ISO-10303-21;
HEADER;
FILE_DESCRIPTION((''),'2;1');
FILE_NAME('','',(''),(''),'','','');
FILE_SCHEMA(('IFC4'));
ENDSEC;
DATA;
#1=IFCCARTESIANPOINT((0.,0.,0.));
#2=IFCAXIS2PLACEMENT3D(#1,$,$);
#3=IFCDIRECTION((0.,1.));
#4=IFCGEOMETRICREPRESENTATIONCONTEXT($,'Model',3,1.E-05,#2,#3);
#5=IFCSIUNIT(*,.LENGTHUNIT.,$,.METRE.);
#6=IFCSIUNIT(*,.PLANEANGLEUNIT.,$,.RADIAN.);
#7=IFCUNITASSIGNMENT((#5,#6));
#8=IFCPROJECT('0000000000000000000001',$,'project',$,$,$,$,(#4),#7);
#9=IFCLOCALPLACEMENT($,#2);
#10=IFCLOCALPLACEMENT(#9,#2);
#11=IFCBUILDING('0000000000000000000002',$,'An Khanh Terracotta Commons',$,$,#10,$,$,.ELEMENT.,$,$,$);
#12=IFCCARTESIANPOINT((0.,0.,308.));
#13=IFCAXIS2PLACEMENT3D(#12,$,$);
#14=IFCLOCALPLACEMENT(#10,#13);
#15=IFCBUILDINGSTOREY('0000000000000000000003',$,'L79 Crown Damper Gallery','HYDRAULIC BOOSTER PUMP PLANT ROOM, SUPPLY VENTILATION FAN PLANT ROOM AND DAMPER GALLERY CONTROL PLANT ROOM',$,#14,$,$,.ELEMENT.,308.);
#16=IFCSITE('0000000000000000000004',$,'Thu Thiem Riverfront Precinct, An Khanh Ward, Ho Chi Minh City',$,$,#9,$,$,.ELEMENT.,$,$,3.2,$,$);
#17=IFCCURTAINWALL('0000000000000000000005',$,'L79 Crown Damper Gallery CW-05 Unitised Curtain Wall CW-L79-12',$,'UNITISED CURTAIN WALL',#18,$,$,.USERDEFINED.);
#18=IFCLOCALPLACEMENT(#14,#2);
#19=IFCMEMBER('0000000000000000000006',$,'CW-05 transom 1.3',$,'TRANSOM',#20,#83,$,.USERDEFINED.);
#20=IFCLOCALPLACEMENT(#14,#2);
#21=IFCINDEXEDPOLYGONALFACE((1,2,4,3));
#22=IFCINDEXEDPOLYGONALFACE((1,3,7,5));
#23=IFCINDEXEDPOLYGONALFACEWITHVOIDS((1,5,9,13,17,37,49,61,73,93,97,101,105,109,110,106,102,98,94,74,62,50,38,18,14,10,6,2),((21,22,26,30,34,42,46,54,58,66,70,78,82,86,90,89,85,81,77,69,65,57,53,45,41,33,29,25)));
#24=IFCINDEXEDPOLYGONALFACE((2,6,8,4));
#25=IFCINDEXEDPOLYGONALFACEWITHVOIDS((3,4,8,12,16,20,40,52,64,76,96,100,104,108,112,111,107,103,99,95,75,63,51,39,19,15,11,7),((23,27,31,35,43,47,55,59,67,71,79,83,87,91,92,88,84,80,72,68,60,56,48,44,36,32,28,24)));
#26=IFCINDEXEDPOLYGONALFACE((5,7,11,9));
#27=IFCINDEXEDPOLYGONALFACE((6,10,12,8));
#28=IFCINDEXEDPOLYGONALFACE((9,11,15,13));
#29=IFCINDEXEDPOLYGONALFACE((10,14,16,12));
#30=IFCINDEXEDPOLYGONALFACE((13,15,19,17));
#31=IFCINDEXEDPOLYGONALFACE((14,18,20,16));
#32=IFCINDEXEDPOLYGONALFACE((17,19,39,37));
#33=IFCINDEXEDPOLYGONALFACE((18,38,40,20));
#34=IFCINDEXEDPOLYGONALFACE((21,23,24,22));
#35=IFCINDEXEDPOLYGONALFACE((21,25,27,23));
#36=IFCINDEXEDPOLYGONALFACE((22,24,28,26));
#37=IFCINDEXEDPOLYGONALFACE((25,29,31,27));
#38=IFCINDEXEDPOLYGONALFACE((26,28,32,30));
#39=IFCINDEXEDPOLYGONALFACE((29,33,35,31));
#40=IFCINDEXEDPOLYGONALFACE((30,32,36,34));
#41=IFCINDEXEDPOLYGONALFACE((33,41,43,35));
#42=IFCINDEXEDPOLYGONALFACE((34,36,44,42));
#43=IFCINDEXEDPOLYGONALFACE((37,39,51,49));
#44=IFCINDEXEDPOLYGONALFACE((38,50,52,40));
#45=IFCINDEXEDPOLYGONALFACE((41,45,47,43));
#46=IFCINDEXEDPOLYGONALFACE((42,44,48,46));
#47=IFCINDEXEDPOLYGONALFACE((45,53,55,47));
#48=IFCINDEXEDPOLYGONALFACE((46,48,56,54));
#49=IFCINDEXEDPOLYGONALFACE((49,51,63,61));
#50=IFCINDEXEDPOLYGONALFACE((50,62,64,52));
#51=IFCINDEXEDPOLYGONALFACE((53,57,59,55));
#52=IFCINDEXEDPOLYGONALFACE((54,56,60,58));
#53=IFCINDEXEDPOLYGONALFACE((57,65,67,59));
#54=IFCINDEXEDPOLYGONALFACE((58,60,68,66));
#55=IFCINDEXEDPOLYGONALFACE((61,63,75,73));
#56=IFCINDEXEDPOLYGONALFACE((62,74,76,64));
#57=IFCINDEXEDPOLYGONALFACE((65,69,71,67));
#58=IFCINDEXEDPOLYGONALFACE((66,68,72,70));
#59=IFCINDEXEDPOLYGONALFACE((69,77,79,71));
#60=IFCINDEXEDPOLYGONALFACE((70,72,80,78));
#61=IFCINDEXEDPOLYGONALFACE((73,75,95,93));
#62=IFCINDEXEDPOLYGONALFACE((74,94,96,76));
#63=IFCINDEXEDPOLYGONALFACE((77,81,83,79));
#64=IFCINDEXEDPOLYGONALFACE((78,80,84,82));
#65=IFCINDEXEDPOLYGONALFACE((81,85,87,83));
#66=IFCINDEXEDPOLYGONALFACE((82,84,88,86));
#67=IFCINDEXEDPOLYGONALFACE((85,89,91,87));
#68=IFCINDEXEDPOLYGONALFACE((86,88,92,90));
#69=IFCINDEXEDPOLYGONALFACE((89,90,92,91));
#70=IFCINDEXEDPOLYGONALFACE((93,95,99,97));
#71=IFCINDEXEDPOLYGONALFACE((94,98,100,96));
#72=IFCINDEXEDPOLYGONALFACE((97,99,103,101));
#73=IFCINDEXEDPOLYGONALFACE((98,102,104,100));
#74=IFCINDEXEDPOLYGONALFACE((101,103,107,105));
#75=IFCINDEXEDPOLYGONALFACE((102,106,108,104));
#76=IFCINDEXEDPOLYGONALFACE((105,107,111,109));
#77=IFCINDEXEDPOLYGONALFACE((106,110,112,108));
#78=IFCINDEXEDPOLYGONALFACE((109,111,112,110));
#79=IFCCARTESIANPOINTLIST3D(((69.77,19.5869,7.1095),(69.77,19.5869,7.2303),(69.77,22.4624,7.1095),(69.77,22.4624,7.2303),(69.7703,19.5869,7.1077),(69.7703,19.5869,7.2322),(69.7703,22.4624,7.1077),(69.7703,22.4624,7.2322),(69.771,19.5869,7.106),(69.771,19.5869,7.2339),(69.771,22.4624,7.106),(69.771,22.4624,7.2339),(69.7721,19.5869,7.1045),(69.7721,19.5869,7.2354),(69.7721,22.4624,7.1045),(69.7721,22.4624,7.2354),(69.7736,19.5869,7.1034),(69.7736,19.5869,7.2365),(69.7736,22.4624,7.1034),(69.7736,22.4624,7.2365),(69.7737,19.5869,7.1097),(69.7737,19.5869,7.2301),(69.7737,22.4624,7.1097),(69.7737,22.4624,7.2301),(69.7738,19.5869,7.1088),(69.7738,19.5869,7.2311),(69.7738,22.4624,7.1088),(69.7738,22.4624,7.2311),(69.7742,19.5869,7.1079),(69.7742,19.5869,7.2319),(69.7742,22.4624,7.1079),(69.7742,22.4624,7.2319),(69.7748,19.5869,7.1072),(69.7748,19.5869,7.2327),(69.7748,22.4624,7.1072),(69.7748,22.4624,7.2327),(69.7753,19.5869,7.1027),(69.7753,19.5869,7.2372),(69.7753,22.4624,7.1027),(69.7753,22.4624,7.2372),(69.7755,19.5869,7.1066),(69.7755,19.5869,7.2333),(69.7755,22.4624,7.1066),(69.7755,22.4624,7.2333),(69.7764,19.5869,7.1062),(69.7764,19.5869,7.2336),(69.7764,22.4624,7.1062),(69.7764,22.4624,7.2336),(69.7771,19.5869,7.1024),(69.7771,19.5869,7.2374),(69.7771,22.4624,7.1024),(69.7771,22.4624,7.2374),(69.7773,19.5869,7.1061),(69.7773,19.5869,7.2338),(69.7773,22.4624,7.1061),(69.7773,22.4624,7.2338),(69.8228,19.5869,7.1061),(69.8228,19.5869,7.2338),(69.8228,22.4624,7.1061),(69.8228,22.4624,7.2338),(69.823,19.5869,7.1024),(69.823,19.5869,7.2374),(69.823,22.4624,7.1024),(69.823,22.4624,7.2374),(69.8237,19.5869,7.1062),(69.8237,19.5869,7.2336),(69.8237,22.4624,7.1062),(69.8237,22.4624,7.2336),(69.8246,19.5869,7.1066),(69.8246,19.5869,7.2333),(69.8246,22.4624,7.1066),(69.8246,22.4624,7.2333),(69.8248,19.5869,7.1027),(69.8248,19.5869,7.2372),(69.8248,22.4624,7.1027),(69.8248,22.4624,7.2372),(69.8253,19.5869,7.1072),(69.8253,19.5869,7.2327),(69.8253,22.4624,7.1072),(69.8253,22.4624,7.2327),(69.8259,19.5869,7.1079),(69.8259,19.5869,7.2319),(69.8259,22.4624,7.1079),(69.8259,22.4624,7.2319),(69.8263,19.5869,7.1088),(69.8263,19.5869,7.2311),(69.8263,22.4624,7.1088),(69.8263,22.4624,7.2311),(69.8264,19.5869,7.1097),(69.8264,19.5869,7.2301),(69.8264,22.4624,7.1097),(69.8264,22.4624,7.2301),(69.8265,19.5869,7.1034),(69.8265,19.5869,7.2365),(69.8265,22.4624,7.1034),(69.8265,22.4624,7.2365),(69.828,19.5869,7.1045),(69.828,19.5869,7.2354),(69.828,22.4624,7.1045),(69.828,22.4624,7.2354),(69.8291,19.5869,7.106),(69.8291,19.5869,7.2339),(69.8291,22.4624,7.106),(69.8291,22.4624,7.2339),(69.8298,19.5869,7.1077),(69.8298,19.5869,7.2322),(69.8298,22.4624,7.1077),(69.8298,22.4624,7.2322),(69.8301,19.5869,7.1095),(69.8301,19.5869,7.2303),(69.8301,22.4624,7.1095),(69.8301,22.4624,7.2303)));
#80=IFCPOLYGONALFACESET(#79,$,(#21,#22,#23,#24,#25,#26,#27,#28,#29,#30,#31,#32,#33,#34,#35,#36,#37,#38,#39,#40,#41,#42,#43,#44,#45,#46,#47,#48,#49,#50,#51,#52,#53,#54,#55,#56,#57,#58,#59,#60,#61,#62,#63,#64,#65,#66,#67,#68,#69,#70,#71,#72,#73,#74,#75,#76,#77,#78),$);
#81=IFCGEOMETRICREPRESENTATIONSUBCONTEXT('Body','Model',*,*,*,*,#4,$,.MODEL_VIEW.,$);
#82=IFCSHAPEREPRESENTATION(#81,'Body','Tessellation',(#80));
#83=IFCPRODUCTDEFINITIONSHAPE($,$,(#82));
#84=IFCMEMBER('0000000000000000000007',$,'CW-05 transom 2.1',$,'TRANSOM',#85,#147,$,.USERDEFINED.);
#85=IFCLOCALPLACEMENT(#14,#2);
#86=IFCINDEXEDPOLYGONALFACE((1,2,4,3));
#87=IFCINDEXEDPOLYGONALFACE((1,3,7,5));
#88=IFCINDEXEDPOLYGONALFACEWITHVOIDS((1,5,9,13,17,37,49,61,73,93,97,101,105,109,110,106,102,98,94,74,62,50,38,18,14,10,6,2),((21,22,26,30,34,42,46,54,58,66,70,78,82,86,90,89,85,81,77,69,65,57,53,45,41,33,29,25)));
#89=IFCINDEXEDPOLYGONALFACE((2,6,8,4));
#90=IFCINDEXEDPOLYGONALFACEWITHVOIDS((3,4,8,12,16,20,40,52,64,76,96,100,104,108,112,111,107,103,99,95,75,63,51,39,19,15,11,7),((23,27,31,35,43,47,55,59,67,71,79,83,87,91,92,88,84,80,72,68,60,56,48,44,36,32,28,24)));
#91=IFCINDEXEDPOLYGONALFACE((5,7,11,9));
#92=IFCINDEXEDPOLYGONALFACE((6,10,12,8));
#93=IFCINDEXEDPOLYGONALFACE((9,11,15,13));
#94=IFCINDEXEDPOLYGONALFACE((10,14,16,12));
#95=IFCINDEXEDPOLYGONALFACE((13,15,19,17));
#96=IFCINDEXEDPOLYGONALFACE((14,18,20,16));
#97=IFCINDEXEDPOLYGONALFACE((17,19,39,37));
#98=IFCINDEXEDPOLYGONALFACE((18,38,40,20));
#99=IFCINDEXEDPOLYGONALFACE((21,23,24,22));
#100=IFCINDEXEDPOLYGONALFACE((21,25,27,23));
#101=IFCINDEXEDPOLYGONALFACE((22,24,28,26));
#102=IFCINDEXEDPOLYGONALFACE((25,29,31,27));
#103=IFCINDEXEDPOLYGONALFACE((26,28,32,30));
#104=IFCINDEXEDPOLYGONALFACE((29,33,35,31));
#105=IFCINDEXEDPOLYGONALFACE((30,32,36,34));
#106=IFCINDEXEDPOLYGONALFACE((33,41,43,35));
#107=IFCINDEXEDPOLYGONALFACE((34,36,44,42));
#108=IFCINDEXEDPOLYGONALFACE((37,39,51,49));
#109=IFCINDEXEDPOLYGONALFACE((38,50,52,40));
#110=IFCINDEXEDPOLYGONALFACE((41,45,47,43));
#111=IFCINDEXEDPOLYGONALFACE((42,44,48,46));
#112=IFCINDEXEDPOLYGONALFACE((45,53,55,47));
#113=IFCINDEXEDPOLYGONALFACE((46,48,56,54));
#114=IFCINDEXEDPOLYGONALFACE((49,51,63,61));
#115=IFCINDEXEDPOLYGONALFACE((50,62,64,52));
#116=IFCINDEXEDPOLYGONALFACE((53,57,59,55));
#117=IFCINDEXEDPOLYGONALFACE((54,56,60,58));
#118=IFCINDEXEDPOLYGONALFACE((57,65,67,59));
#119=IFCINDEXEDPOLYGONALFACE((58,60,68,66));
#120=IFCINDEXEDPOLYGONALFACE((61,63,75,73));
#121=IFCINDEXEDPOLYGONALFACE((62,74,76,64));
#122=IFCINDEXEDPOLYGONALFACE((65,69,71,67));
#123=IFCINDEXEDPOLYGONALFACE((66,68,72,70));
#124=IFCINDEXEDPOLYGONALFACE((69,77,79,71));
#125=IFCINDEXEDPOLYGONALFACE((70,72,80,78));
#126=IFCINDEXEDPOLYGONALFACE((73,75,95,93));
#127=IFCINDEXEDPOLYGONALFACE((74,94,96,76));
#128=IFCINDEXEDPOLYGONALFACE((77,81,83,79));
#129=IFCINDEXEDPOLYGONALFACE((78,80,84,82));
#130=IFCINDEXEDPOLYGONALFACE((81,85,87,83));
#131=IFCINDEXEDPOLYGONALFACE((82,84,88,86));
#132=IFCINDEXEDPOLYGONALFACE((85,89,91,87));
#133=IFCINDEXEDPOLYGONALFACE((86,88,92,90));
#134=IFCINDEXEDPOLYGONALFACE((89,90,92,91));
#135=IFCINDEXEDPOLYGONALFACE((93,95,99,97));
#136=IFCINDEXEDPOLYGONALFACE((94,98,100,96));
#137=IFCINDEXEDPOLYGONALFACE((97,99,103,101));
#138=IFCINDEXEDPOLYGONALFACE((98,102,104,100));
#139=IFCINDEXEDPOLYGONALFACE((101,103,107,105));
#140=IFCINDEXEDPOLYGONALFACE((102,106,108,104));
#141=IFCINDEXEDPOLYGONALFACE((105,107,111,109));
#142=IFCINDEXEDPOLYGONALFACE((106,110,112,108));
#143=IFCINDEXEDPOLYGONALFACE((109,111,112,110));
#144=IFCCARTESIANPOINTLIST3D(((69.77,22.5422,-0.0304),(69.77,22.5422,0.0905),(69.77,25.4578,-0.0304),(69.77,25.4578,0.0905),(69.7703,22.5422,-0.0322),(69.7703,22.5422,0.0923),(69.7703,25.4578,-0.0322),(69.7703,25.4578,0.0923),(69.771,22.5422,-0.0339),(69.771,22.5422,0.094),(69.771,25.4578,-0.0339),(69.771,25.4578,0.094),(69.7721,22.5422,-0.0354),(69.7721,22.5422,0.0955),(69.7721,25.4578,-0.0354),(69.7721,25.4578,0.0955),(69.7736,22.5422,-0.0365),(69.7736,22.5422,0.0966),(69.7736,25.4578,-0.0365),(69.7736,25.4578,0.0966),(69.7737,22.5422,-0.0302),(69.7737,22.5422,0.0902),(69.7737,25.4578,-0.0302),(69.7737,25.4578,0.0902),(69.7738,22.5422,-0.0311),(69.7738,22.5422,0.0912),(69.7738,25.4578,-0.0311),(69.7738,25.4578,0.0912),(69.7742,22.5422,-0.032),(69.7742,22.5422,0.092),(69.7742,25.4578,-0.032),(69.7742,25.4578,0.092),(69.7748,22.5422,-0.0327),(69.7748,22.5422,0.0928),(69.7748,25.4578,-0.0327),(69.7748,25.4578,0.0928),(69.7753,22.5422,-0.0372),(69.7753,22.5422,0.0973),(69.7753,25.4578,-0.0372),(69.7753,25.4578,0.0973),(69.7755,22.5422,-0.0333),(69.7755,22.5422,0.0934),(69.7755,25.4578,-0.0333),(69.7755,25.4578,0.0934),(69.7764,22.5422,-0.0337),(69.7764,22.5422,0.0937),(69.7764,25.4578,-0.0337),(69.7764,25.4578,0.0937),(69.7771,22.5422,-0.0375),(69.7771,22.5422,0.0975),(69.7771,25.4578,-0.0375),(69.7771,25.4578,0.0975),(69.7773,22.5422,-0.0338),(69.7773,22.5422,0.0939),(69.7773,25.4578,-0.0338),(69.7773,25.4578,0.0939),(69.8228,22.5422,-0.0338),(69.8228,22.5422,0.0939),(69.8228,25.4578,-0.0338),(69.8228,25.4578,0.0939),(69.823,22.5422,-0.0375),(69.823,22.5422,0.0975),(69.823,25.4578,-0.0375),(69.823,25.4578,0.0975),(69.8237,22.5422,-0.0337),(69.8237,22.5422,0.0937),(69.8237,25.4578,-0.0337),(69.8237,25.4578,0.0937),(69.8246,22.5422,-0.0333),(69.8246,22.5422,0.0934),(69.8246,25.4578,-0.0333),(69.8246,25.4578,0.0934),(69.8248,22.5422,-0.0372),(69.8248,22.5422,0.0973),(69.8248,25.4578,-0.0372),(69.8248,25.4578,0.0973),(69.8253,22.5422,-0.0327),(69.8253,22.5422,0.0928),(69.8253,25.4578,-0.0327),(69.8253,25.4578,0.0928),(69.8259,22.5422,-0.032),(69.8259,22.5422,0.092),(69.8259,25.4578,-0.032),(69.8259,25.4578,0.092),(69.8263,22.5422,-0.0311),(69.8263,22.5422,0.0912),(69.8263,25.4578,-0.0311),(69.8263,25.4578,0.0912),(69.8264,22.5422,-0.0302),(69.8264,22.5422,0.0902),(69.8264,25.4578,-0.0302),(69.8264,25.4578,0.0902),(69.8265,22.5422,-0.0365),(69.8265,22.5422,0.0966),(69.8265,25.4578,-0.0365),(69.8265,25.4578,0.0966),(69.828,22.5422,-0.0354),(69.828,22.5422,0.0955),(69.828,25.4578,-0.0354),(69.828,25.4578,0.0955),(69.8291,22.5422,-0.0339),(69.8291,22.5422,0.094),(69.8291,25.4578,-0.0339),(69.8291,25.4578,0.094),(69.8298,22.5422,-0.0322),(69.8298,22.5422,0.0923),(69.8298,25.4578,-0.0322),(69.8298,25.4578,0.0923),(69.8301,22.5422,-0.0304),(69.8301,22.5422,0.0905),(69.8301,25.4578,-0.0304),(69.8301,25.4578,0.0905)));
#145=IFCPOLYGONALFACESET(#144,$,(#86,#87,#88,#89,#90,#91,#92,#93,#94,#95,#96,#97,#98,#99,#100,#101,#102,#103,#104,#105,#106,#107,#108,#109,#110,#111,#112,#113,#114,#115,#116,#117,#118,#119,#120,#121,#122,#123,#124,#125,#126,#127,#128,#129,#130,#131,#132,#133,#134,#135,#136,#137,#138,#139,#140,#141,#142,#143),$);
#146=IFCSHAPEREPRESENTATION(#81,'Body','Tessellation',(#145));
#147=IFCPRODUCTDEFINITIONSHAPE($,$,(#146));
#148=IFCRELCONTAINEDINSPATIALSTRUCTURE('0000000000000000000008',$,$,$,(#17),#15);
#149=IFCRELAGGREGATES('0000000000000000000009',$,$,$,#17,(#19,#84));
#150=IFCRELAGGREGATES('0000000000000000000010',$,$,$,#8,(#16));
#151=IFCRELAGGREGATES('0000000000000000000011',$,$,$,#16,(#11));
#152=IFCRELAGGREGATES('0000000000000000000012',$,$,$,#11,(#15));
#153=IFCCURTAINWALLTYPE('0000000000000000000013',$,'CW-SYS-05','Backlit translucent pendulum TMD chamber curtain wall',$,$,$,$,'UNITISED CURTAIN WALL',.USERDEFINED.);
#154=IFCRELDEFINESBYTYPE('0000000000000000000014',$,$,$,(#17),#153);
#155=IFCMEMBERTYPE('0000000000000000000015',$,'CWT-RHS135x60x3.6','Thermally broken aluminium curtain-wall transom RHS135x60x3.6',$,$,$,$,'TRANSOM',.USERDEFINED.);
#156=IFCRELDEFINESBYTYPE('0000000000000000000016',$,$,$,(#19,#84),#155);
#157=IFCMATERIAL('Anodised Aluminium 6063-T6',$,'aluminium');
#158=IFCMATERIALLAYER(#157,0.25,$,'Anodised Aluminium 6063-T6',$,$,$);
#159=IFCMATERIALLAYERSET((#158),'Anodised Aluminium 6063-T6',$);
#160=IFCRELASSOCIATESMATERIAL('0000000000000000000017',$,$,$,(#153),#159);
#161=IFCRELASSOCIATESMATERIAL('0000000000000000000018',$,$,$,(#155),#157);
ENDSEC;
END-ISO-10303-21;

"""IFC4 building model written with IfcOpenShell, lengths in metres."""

from ifc_helpers import new_model, si_unit, direction, frame, origin, origin_2d, place, context, subcontext, project, spatial, hollow_rectangle, extrude, material, layer, layer_set, material_profile, profile_set, type_object, element, aggregate, save


model = new_model("IFC4")

# Units and contexts
model_context = context("Model", 3, precision=1e-05, world=origin(), true_north=direction((0.0, 1.0)))
body_context = subcontext(model_context, "Body", "Model", "MODEL_VIEW")
ifc_project = project(units=[si_unit("LENGTHUNIT", "METRE"), si_unit("PLANEANGLEUNIT", "RADIAN")], contexts=[model_context])

# Site, building, storey
site_placement = place(None, origin())
site = spatial("IfcSite", under=ifc_project, at=site_placement, Name="Thu Thiem Riverfront Precinct, An Khanh Ward, Ho Chi Minh City", CompositionType="ELEMENT", RefElevation=3.2)
building_placement = place(site_placement, origin())
building = spatial("IfcBuilding", under=site, at=building_placement, Name="An Khanh Terracotta Commons", CompositionType="ELEMENT")
storey_placement = place(building_placement, frame((0.0, 0.0, 308.0)))
storey = spatial("IfcBuildingStorey", under=building, at=storey_placement, Name="L79 Crown Damper Gallery", Description="HYDRAULIC BOOSTER PUMP PLANT ROOM, SUPPLY VENTILATION FAN PLANT ROOM AND DAMPER GALLERY CONTROL PLANT ROOM", CompositionType="ELEMENT", Elevation=308.0)

# Shared definitions
ifc_material_1 = material(Name="Anodised Aluminium 6063-T6", Category="aluminium")
ifc_layer_1 = layer(ifc_material_1, 0.25, Name="Anodised Aluminium 6063-T6")
ifc_layer_set_1 = layer_set([ifc_layer_1], Name="Anodised Aluminium 6063-T6")
curtain_wall_type = type_object("IfcCurtainWallType", Name="CW-SYS-05", Description="Backlit translucent pendulum TMD chamber curtain wall", ElementType="UNITISED CURTAIN WALL", PredefinedType="USERDEFINED", material=ifc_layer_set_1)

# Curtain wall, members
curtain_wall_1_placement = place(storey_placement, origin())
curtain_wall_1 = element("IfcCurtainWall", 1, at=curtain_wall_1_placement, inside=storey, type_object=curtain_wall_type, Name="L79 Crown Damper Gallery CW-05 Unitised Curtain Wall CW-L79-12", ObjectType="UNITISED CURTAIN WALL", PredefinedType="USERDEFINED")
ifc_material_profile_1 = material_profile(ifc_material_1, hollow_rectangle(XDim=0.0601, YDim=0.135, WallThickness=0.0037, InnerFilletRadius=0.0037, OuterFilletRadius=0.0071, at=origin_2d()), Name="RHS135x60x3.6")
ifc_profile_set_1 = profile_set([ifc_material_profile_1], Name="Anodised Aluminium 6063-T6")
member_type_1 = type_object("IfcMemberType", Name="CWT-RHS135x60x3.6", Description="Thermally broken aluminium curtain-wall transom RHS135x60x3.6", ElementType="TRANSOM", PredefinedType="USERDEFINED", material=ifc_profile_set_1)
member_1_placement = place(storey_placement, frame((69.8, 19.5869, 7.1699), z_axis=(0.0, 1.0, 0.0), x_axis=(-1.0, 0.0, 0.0)))
member_1 = element("IfcMember", 2, at=member_1_placement, type_object=member_type_1, Name="CW-05 transom 1.3", ObjectType="TRANSOM", PredefinedType="USERDEFINED", context=body_context, shape_type="SweptSolid", body=[
    extrude(hollow_rectangle(XDim=0.0601, YDim=0.135, WallThickness=0.0037, InnerFilletRadius=0.0037, OuterFilletRadius=0.0071, at=origin_2d()), origin(), (0.0, 0.0, 1.0), 2.8755),
])
member_2_placement = place(storey_placement, frame((69.8, 22.5422, 0.03), z_axis=(0.0, 1.0, 0.0), x_axis=(-1.0, 0.0, 0.0)))
member_2 = element("IfcMember", 3, at=member_2_placement, type_object=member_type_1, Name="CW-05 transom 2.1", ObjectType="TRANSOM", PredefinedType="USERDEFINED", context=body_context, shape_type="SweptSolid", body=[
    extrude(hollow_rectangle(XDim=0.0601, YDim=0.135, WallThickness=0.0037, InnerFilletRadius=0.0037, OuterFilletRadius=0.0071, at=origin_2d()), origin(), (0.0, 0.0, 1.0), 2.9155),
])

aggregate(curtain_wall_1, [member_1, member_2])

save(model, "model.ifc")
